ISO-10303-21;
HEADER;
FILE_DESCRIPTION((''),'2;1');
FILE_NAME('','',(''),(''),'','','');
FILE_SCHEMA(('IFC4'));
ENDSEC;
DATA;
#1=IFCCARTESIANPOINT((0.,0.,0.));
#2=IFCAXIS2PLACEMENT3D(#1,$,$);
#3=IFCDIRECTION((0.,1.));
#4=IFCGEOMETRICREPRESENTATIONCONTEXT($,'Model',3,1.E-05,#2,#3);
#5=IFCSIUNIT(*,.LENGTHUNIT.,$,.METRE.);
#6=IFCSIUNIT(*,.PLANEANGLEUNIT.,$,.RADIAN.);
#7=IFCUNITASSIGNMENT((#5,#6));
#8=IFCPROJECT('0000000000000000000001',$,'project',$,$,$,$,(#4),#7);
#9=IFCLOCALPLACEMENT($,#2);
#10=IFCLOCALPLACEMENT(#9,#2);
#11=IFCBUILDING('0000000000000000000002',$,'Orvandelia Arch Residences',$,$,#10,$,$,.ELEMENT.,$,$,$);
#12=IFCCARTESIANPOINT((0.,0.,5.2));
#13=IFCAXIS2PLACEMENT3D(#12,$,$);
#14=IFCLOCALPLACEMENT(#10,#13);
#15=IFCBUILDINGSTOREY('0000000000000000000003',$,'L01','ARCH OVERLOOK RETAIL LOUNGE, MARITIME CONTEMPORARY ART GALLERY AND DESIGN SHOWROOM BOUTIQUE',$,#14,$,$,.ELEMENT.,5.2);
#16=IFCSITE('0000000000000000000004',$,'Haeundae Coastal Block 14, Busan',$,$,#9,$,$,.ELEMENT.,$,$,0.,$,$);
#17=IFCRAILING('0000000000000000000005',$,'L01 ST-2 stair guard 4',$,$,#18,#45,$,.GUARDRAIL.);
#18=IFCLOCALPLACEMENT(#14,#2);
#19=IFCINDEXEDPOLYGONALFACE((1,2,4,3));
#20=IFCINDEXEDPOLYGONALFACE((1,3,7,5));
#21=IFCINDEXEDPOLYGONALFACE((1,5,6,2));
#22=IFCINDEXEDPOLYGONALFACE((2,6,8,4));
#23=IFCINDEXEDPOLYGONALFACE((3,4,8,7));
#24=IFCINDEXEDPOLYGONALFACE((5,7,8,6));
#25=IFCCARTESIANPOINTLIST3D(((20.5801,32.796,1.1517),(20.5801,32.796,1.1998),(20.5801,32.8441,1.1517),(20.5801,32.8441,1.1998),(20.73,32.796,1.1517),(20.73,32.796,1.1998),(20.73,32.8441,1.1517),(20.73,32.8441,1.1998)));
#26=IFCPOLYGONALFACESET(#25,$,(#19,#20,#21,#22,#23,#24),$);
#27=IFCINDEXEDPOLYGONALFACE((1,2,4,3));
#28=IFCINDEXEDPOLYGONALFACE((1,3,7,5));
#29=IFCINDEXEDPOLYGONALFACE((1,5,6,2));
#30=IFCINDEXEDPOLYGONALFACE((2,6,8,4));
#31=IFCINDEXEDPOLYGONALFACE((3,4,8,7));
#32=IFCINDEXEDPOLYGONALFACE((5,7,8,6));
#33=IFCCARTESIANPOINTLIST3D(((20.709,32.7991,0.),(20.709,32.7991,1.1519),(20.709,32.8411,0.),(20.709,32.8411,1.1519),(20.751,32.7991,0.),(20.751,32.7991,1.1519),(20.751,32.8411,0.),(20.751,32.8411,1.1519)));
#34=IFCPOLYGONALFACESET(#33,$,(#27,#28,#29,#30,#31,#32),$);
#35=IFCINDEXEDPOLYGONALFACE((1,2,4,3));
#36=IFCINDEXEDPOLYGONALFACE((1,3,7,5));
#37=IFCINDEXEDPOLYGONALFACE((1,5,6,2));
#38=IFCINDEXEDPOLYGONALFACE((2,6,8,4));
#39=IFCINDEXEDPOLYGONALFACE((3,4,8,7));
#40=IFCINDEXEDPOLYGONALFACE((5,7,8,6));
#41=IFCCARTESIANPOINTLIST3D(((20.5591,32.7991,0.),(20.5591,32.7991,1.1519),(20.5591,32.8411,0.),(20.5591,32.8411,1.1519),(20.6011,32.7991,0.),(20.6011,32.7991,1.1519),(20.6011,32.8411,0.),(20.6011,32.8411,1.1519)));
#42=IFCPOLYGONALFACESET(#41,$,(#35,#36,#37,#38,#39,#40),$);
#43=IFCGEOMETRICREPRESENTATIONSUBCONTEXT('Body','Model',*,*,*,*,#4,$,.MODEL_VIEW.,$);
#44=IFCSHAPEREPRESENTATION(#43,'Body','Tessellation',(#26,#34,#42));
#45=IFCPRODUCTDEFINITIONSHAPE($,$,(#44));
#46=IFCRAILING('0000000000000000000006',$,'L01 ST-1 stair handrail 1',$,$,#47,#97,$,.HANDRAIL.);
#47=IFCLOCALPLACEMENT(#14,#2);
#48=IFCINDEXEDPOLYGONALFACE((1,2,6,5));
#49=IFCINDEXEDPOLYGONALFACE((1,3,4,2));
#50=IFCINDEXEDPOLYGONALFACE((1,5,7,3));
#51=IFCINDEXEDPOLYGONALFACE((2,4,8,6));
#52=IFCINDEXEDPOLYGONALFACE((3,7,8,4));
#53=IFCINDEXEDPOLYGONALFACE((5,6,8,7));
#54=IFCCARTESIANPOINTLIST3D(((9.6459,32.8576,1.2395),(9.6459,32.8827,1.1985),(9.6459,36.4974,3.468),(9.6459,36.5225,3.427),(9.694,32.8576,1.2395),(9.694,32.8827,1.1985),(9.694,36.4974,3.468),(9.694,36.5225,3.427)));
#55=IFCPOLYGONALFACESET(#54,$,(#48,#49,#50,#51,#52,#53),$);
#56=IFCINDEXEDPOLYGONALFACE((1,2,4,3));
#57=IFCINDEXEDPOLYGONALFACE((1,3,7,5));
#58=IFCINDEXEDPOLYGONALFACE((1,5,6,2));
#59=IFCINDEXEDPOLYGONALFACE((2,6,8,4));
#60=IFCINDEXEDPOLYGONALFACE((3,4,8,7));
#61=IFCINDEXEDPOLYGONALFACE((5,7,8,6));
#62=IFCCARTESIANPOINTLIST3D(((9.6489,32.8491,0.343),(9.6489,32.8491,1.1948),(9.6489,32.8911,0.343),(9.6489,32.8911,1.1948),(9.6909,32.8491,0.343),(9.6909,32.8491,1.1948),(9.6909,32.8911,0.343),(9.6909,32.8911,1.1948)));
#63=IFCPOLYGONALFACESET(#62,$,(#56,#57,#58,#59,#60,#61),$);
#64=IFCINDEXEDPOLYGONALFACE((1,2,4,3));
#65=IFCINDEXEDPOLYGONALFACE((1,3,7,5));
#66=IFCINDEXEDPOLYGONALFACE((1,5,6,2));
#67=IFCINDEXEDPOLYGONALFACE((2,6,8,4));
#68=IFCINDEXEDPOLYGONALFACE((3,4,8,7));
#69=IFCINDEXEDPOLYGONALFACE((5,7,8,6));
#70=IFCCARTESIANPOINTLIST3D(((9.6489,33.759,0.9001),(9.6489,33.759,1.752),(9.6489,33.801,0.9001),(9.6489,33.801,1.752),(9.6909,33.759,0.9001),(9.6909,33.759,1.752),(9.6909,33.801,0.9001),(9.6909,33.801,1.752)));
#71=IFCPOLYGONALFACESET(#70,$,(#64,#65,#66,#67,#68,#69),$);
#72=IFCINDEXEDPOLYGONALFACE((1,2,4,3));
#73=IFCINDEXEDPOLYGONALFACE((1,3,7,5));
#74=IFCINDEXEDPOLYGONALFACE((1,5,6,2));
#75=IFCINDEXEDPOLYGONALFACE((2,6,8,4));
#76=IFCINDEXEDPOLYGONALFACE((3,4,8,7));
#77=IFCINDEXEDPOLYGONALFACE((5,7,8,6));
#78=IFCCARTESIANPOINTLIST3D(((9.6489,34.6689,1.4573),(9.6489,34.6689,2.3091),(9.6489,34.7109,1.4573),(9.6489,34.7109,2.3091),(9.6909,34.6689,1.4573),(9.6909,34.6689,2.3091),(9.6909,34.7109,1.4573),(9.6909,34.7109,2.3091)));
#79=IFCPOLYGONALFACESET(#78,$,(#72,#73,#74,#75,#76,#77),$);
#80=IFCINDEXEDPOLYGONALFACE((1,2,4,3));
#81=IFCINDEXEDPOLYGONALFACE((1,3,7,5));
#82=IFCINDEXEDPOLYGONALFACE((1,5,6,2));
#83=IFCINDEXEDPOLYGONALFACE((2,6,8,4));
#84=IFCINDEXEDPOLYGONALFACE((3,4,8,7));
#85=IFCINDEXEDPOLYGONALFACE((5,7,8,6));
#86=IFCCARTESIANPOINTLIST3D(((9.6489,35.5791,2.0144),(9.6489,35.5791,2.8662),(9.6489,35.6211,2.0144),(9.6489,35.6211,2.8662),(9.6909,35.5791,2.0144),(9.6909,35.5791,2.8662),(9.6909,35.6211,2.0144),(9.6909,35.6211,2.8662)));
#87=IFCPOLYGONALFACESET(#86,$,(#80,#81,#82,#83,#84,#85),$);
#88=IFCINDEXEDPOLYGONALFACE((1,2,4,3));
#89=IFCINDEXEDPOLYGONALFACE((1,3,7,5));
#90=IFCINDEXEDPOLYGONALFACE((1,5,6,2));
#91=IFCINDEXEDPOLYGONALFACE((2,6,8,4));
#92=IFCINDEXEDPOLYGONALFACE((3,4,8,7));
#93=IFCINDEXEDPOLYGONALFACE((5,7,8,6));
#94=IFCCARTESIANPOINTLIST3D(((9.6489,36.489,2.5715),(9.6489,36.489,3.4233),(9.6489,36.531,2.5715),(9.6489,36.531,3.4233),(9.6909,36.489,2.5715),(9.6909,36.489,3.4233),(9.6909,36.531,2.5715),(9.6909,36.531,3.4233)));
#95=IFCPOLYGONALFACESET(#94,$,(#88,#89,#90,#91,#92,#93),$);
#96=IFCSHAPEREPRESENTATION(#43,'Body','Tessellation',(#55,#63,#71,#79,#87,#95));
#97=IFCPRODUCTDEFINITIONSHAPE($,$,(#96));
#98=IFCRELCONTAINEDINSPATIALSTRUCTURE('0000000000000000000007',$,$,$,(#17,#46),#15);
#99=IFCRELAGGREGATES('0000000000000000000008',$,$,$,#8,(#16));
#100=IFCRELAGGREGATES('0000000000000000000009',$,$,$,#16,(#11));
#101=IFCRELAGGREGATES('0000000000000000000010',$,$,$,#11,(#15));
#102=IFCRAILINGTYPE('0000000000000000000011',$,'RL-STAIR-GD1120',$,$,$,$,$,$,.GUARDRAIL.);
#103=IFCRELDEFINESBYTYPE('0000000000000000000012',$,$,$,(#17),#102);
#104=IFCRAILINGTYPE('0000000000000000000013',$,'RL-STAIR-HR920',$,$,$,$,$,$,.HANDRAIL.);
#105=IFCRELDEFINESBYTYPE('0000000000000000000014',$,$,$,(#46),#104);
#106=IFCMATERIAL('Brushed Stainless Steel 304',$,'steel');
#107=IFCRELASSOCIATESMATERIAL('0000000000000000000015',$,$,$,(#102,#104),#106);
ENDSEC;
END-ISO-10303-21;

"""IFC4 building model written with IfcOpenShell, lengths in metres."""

from ifc_helpers import new_model, si_unit, direction, frame, origin, origin_2d, place, context, subcontext, project, spatial, rectangle, extrude, material, type_object, element, save


model = new_model("IFC4")

# Units and contexts
model_context = context("Model", 3, precision=1e-05, world=origin(), true_north=direction((0.0, 1.0)))
body_context = subcontext(model_context, "Body", "Model", "MODEL_VIEW")
ifc_project = project(units=[si_unit("LENGTHUNIT", "METRE"), si_unit("PLANEANGLEUNIT", "RADIAN")], contexts=[model_context])

# Site, building, storey
site_placement = place(None, origin())
site = spatial("IfcSite", under=ifc_project, at=site_placement, Name="Haeundae Coastal Block 14, Busan", CompositionType="ELEMENT", RefElevation=0.0)
building_placement = place(site_placement, origin())
building = spatial("IfcBuilding", under=site, at=building_placement, Name="Orvandelia Arch Residences", CompositionType="ELEMENT")
storey_placement = place(building_placement, frame((0.0, 0.0, 5.2)))
storey = spatial("IfcBuildingStorey", under=building, at=storey_placement, Name="L01", Description="ARCH OVERLOOK RETAIL LOUNGE, MARITIME CONTEMPORARY ART GALLERY AND DESIGN SHOWROOM BOUTIQUE", CompositionType="ELEMENT", Elevation=5.2)

# Railings
ifc_material_1 = material(Name="Brushed Stainless Steel 304", Category="steel")
railing_type_1 = type_object("IfcRailingType", Name="RL-STAIR-GD1120", PredefinedType="GUARDRAIL", material=ifc_material_1)
railing_1_placement = place(storey_placement, frame((20.73, 32.8201, 0.0)))
element("IfcRailing", 1, at=railing_1_placement, inside=storey, type_object=railing_type_1, Name="L01 ST-2 stair guard 4", PredefinedType="GUARDRAIL", context=body_context, shape_type="SweptSolid", body=[
    extrude(rectangle(XDim=0.0481, YDim=0.0481, at=origin_2d()), frame((0.0, 0.0, 1.1758), z_axis=(-1.0, 0.0, 0.0), x_axis=(0.0, -1.0, 0.0)), (0.0, 0.0, 1.0), 0.1499),
    extrude(rectangle(XDim=0.042, YDim=0.042, at=origin_2d()), origin(), (0.0, 0.0, 1.0), 1.1519),
    extrude(rectangle(XDim=0.042, YDim=0.042, at=origin_2d()), frame((-0.1499, 0.0, 0.0)), (0.0, 0.0, 1.0), 1.1519),
])
railing_type_2 = type_object("IfcRailingType", Name="RL-STAIR-HR920", PredefinedType="HANDRAIL", material=ifc_material_1)
railing_2_placement = place(storey_placement, frame((9.6699, 32.8701, 0.343)))
element("IfcRailing", 2, at=railing_2_placement, inside=storey, type_object=railing_type_2, Name="L01 ST-1 stair handrail 1", PredefinedType="HANDRAIL", context=body_context, shape_type="SweptSolid", body=[
    extrude(rectangle(XDim=0.0481, YDim=0.0481, at=origin_2d()), frame((0.0, 0.0, 0.876), z_axis=(0.0, 0.85285, 0.522156), x_axis=(-1.0, 0.0, 0.0)), (0.0, 0.0, 1.0), 4.2678),
    extrude(rectangle(XDim=0.042, YDim=0.042, at=origin_2d()), origin(), (0.0, 0.0, 1.0), 0.8518),
    extrude(rectangle(XDim=0.042, YDim=0.042, at=origin_2d()), frame((0.0, 0.9099, 0.5571)), (0.0, 0.0, 1.0), 0.8518),
    extrude(rectangle(XDim=0.042, YDim=0.042, at=origin_2d()), frame((0.0, 1.8198, 1.1143)), (0.0, 0.0, 1.0), 0.8518),
    extrude(rectangle(XDim=0.042, YDim=0.042, at=origin_2d()), frame((0.0, 2.73, 1.6714)), (0.0, 0.0, 1.0), 0.8518),
    extrude(rectangle(XDim=0.042, YDim=0.042, at=origin_2d()), frame((0.0, 3.6399, 2.2285)), (0.0, 0.0, 1.0), 0.8518),
])

save(model, "model.ifc")
